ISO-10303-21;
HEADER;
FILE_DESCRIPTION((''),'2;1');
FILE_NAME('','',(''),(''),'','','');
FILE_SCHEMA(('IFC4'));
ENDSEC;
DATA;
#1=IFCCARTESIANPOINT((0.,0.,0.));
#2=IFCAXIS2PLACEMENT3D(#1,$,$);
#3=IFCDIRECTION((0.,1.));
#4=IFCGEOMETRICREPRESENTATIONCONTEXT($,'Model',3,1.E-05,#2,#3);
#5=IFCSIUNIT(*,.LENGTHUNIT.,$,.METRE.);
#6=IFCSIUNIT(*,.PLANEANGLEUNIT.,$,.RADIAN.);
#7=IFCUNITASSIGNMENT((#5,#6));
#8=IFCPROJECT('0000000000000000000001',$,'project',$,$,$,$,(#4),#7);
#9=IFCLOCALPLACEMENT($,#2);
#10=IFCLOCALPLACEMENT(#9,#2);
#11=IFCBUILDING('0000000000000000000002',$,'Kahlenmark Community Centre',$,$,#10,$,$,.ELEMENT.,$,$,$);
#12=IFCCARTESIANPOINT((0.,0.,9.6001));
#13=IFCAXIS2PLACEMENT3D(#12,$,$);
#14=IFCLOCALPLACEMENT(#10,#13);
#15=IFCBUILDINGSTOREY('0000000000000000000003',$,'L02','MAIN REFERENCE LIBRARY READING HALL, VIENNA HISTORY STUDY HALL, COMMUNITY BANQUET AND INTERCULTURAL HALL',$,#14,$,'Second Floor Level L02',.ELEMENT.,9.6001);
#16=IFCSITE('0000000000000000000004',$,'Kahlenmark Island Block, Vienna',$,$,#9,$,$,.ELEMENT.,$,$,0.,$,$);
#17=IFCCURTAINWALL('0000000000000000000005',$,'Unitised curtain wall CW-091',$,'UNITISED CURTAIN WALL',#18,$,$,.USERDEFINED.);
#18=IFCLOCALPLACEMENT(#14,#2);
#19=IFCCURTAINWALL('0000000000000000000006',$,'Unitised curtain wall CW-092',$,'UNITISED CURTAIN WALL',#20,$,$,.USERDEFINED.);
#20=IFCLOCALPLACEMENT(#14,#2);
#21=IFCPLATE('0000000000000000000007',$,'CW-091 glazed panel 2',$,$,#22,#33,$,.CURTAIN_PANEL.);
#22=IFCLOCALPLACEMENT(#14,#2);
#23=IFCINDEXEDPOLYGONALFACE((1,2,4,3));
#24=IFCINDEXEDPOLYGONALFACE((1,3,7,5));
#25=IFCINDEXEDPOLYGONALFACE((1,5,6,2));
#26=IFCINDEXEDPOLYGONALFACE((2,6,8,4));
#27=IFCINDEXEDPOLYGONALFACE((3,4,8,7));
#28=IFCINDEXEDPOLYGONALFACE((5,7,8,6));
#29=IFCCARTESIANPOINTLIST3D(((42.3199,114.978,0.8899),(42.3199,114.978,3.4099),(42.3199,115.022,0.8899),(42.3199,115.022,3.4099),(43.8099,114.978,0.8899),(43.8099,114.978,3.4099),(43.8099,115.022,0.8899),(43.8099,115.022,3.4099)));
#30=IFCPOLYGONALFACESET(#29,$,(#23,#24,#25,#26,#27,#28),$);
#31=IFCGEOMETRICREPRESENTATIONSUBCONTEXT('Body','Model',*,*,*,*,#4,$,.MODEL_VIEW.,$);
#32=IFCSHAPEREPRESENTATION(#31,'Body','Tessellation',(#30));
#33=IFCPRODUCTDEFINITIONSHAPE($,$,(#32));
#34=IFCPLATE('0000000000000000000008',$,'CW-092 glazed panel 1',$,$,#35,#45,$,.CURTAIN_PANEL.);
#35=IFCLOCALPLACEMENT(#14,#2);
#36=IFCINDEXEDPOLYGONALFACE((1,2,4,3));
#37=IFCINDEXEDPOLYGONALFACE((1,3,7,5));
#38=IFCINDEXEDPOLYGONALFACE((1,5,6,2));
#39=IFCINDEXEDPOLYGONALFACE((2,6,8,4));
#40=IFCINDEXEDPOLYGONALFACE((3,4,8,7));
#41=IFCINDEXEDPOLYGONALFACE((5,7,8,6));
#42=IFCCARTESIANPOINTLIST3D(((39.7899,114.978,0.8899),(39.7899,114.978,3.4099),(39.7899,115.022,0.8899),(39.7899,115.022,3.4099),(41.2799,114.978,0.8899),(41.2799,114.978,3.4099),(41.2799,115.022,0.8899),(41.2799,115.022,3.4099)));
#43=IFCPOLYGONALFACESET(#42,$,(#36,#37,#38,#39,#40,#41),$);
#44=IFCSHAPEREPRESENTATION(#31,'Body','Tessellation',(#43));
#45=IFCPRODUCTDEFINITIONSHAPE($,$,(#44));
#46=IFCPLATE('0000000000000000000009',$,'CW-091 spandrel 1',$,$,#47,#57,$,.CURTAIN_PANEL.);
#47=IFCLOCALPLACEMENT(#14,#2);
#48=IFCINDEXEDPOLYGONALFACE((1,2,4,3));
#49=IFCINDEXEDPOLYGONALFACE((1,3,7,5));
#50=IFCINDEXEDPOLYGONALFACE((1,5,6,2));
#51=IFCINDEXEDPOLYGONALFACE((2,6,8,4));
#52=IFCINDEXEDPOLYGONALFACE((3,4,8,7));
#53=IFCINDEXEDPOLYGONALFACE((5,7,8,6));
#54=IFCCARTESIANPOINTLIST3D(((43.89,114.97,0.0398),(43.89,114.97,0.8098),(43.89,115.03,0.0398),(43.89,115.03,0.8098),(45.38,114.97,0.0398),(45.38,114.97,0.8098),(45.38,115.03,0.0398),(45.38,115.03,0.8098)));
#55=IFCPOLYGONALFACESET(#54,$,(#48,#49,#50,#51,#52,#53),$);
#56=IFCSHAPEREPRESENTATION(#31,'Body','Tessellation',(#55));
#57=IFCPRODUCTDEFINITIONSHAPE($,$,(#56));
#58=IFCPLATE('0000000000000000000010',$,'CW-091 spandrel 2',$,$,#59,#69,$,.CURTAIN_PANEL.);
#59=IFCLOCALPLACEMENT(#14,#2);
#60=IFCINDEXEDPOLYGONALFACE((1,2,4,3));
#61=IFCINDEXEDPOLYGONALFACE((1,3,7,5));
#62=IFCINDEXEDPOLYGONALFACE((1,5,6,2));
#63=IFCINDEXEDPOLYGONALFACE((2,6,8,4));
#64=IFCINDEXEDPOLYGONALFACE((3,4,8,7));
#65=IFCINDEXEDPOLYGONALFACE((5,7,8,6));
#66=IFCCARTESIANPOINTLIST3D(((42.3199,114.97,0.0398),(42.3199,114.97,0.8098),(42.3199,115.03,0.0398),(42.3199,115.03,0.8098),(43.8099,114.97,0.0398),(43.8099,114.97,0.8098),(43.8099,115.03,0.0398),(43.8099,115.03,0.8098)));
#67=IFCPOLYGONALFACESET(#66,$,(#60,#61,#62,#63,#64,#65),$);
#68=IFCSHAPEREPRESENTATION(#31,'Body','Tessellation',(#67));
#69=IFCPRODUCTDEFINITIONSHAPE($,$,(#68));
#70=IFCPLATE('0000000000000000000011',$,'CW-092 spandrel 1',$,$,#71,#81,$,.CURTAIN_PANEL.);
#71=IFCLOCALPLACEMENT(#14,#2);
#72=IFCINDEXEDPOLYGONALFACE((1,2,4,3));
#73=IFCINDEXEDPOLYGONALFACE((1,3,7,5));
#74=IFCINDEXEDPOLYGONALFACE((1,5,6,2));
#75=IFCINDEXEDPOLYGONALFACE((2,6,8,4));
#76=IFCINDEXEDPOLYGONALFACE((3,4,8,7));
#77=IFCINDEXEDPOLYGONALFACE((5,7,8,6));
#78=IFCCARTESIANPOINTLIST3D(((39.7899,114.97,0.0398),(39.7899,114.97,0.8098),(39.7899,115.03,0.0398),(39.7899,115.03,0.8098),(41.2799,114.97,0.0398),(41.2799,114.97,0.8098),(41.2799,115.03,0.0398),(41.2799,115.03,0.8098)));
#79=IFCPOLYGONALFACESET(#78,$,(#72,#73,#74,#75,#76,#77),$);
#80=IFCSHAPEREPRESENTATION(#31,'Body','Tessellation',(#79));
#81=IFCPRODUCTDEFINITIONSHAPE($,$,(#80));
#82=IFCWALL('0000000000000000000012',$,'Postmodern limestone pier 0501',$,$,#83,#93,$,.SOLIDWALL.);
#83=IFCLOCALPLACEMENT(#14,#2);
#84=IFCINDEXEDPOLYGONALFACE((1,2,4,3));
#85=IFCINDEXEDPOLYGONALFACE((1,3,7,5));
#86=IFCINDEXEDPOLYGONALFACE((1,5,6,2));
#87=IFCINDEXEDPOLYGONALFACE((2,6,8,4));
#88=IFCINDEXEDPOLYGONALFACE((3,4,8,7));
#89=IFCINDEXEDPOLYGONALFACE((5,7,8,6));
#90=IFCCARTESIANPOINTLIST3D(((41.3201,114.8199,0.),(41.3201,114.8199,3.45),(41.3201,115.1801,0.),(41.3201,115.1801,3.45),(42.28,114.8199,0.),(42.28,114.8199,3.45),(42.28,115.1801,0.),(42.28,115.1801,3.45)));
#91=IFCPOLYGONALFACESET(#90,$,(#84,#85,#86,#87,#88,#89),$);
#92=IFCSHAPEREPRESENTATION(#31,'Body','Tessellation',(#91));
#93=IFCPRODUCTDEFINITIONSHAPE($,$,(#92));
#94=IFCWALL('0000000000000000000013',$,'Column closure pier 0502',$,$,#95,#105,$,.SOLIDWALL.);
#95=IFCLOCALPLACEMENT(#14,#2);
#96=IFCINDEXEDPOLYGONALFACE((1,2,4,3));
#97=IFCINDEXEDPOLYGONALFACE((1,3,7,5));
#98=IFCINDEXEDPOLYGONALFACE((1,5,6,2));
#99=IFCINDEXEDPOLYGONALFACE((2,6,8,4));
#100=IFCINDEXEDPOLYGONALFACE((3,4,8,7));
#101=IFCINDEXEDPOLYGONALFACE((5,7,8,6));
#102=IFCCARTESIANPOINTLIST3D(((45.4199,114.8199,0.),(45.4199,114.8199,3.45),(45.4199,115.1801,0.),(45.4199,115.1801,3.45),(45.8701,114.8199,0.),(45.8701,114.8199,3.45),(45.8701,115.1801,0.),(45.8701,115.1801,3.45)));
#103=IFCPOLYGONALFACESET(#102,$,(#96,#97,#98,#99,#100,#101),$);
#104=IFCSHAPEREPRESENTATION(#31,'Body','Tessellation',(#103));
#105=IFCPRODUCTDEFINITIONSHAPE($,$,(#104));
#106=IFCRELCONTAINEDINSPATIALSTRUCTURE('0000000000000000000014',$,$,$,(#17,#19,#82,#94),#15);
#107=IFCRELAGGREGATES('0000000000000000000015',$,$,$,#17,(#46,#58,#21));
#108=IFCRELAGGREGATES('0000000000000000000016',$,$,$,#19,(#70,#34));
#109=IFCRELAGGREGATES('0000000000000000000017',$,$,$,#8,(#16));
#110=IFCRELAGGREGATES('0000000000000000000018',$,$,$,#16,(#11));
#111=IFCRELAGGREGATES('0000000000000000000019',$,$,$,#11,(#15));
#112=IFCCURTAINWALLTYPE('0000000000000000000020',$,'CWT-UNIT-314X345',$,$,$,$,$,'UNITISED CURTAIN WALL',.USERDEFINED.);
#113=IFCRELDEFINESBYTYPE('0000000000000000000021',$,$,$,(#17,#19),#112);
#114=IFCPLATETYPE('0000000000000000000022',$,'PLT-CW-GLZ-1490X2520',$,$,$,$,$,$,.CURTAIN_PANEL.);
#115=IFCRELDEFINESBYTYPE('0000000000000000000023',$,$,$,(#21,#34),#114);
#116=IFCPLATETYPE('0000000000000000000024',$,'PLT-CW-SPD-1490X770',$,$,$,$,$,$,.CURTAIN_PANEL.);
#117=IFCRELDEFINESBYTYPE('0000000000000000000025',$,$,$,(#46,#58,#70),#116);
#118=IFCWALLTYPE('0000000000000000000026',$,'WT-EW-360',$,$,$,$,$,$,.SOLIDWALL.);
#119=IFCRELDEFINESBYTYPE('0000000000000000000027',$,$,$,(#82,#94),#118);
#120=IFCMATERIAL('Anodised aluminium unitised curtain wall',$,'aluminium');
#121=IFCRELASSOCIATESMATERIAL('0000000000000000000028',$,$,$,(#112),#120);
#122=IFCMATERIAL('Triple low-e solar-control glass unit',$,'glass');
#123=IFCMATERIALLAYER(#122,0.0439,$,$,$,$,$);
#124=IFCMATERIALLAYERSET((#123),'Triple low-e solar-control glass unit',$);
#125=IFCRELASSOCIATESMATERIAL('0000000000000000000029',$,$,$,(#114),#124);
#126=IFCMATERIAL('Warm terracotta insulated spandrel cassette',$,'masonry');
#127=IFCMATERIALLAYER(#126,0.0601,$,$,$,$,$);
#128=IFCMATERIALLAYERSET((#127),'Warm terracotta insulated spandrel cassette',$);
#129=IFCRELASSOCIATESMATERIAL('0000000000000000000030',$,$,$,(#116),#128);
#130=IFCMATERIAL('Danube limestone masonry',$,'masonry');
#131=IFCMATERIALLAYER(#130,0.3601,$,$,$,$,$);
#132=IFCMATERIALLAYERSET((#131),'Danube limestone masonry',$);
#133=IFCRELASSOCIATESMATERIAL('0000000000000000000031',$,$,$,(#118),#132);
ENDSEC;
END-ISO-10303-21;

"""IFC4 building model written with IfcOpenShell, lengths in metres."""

from ifc_helpers import new_model, si_unit, direction, frame, frame_2d, origin, origin_2d, place, context, subcontext, project, spatial, rectangle, extrude, material, layer, layer_set, type_object, element, aggregate, save


model = new_model("IFC4")

# Units and contexts
model_context = context("Model", 3, precision=1e-05, world=origin(), true_north=direction((0.0, 1.0)))
body_context = subcontext(model_context, "Body", "Model", "MODEL_VIEW")
ifc_project = project(units=[si_unit("LENGTHUNIT", "METRE"), si_unit("PLANEANGLEUNIT", "RADIAN")], contexts=[model_context])

# Site, building, storey
site_placement = place(None, origin())
site = spatial("IfcSite", under=ifc_project, at=site_placement, Name="Kahlenmark Island Block, Vienna", CompositionType="ELEMENT", RefElevation=0.0)
building_placement = place(site_placement, origin())
building = spatial("IfcBuilding", under=site, at=building_placement, Name="Kahlenmark Community Centre", CompositionType="ELEMENT")
storey_placement = place(building_placement, frame((0.0, 0.0, 9.6001)))
storey = spatial("IfcBuildingStorey", under=building, at=storey_placement, Name="L02", Description="MAIN REFERENCE LIBRARY READING HALL, VIENNA HISTORY STUDY HALL, COMMUNITY BANQUET AND INTERCULTURAL HALL", LongName="Second Floor Level L02", CompositionType="ELEMENT", Elevation=9.6001)

# Curtain wall
ifc_material_1 = material(Name="Anodised aluminium unitised curtain wall", Category="aluminium")
curtain_wall_type = type_object("IfcCurtainWallType", Name="CWT-UNIT-314X345", ElementType="UNITISED CURTAIN WALL", PredefinedType="USERDEFINED", material=ifc_material_1)
curtain_wall_1_placement = place(storey_placement, origin())
curtain_wall_1 = element("IfcCurtainWall", 1, at=curtain_wall_1_placement, inside=storey, type_object=curtain_wall_type, Name="Unitised curtain wall CW-091", ObjectType="UNITISED CURTAIN WALL", PredefinedType="USERDEFINED")

# Curtain wall
curtain_wall_2_placement = place(storey_placement, origin())
curtain_wall_2 = element("IfcCurtainWall", 2, at=curtain_wall_2_placement, inside=storey, type_object=curtain_wall_type, Name="Unitised curtain wall CW-092", ObjectType="UNITISED CURTAIN WALL", PredefinedType="USERDEFINED")

# Plates
ifc_material_2 = material(Name="Triple low-e solar-control glass unit", Category="glass")
ifc_layer_1 = layer(ifc_material_2, 0.0439)
ifc_layer_set_1 = layer_set([ifc_layer_1], Name="Triple low-e solar-control glass unit")
plate_type_1 = type_object("IfcPlateType", Name="PLT-CW-GLZ-1490X2520", PredefinedType="CURTAIN_PANEL", material=ifc_layer_set_1)
plate_1_placement = place(storey_placement, frame((43.0649, 115.0, 0.8899), z_axis=(0.0, 0.0, 1.0), x_axis=(-1.0, 0.0, 0.0)))
plate_1 = element("IfcPlate", 3, at=plate_1_placement, type_object=plate_type_1, Name="CW-091 glazed panel 2", PredefinedType="CURTAIN_PANEL", context=body_context, shape_type="SweptSolid", body=[
    extrude(rectangle(XDim=1.49, YDim=0.0439, at=origin_2d()), origin(), (0.0, 0.0, 1.0), 2.52),
])
plate_2_placement = place(storey_placement, frame((40.5349, 115.0, 0.8899), z_axis=(0.0, 0.0, 1.0), x_axis=(-1.0, 0.0, 0.0)))
plate_2 = element("IfcPlate", 4, at=plate_2_placement, type_object=plate_type_1, Name="CW-092 glazed panel 1", PredefinedType="CURTAIN_PANEL", context=body_context, shape_type="SweptSolid", body=[
    extrude(rectangle(XDim=1.49, YDim=0.0439, at=origin_2d()), origin(), (0.0, 0.0, 1.0), 2.52),
])
ifc_material_3 = material(Name="Warm terracotta insulated spandrel cassette", Category="masonry")
ifc_layer_2 = layer(ifc_material_3, 0.0601)
ifc_layer_set_2 = layer_set([ifc_layer_2], Name="Warm terracotta insulated spandrel cassette")
plate_type_2 = type_object("IfcPlateType", Name="PLT-CW-SPD-1490X770", PredefinedType="CURTAIN_PANEL", material=ifc_layer_set_2)
plate_3_placement = place(storey_placement, frame((44.635, 115.0, 0.0398), z_axis=(0.0, 0.0, 1.0), x_axis=(-1.0, 0.0, 0.0)))
plate_3 = element("IfcPlate", 5, at=plate_3_placement, type_object=plate_type_2, Name="CW-091 spandrel 1", PredefinedType="CURTAIN_PANEL", context=body_context, shape_type="SweptSolid", body=[
    extrude(rectangle(XDim=1.49, YDim=0.0601, at=origin_2d()), origin(), (0.0, 0.0, 1.0), 0.77),
])
plate_4_placement = place(storey_placement, frame((43.0649, 115.0, 0.0398), z_axis=(0.0, 0.0, 1.0), x_axis=(-1.0, 0.0, 0.0)))
plate_4 = element("IfcPlate", 6, at=plate_4_placement, type_object=plate_type_2, Name="CW-091 spandrel 2", PredefinedType="CURTAIN_PANEL", context=body_context, shape_type="SweptSolid", body=[
    extrude(rectangle(XDim=1.49, YDim=0.0601, at=origin_2d()), origin(), (0.0, 0.0, 1.0), 0.77),
])
aggregate(curtain_wall_1, [plate_3, plate_4, plate_1])
plate_5_placement = place(storey_placement, frame((40.5349, 115.0, 0.0398), z_axis=(0.0, 0.0, 1.0), x_axis=(-1.0, 0.0, 0.0)))
plate_5 = element("IfcPlate", 7, at=plate_5_placement, type_object=plate_type_2, Name="CW-092 spandrel 1", PredefinedType="CURTAIN_PANEL", context=body_context, shape_type="SweptSolid", body=[
    extrude(rectangle(XDim=1.49, YDim=0.0601, at=origin_2d()), origin(), (0.0, 0.0, 1.0), 0.77),
])
aggregate(curtain_wall_2, [plate_5, plate_2])

# Walls
ifc_material_4 = material(Name="Danube limestone masonry", Category="masonry")
ifc_layer_3 = layer(ifc_material_4, 0.3601)
ifc_layer_set_3 = layer_set([ifc_layer_3], Name="Danube limestone masonry")
wall_type = type_object("IfcWallType", Name="WT-EW-360", PredefinedType="SOLIDWALL", material=ifc_layer_set_3)
wall_1_placement = place(storey_placement, frame((42.28, 115.0, 0.0), z_axis=(0.0, 0.0, 1.0), x_axis=(-1.0, 0.0, 0.0)))
element("IfcWall", 8, at=wall_1_placement, inside=storey, type_object=wall_type, Name="Postmodern limestone pier 0501", PredefinedType="SOLIDWALL", context=body_context, shape_type="SweptSolid", body=[
    extrude(rectangle(XDim=0.96, YDim=0.3601, at=frame_2d((0.48, 0.0))), origin(), (0.0, 0.0, 1.0), 3.45),
])
wall_2_placement = place(storey_placement, frame((45.8701, 115.0, 0.0), z_axis=(0.0, 0.0, 1.0), x_axis=(-1.0, 0.0, 0.0)))
element("IfcWall", 9, at=wall_2_placement, inside=storey, type_object=wall_type, Name="Column closure pier 0502", PredefinedType="SOLIDWALL", context=body_context, shape_type="SweptSolid", body=[
    extrude(rectangle(XDim=0.4502, YDim=0.3601, at=frame_2d((0.2251, 0.0))), origin(), (0.0, 0.0, 1.0), 3.45),
])

save(model, "model.ifc")
